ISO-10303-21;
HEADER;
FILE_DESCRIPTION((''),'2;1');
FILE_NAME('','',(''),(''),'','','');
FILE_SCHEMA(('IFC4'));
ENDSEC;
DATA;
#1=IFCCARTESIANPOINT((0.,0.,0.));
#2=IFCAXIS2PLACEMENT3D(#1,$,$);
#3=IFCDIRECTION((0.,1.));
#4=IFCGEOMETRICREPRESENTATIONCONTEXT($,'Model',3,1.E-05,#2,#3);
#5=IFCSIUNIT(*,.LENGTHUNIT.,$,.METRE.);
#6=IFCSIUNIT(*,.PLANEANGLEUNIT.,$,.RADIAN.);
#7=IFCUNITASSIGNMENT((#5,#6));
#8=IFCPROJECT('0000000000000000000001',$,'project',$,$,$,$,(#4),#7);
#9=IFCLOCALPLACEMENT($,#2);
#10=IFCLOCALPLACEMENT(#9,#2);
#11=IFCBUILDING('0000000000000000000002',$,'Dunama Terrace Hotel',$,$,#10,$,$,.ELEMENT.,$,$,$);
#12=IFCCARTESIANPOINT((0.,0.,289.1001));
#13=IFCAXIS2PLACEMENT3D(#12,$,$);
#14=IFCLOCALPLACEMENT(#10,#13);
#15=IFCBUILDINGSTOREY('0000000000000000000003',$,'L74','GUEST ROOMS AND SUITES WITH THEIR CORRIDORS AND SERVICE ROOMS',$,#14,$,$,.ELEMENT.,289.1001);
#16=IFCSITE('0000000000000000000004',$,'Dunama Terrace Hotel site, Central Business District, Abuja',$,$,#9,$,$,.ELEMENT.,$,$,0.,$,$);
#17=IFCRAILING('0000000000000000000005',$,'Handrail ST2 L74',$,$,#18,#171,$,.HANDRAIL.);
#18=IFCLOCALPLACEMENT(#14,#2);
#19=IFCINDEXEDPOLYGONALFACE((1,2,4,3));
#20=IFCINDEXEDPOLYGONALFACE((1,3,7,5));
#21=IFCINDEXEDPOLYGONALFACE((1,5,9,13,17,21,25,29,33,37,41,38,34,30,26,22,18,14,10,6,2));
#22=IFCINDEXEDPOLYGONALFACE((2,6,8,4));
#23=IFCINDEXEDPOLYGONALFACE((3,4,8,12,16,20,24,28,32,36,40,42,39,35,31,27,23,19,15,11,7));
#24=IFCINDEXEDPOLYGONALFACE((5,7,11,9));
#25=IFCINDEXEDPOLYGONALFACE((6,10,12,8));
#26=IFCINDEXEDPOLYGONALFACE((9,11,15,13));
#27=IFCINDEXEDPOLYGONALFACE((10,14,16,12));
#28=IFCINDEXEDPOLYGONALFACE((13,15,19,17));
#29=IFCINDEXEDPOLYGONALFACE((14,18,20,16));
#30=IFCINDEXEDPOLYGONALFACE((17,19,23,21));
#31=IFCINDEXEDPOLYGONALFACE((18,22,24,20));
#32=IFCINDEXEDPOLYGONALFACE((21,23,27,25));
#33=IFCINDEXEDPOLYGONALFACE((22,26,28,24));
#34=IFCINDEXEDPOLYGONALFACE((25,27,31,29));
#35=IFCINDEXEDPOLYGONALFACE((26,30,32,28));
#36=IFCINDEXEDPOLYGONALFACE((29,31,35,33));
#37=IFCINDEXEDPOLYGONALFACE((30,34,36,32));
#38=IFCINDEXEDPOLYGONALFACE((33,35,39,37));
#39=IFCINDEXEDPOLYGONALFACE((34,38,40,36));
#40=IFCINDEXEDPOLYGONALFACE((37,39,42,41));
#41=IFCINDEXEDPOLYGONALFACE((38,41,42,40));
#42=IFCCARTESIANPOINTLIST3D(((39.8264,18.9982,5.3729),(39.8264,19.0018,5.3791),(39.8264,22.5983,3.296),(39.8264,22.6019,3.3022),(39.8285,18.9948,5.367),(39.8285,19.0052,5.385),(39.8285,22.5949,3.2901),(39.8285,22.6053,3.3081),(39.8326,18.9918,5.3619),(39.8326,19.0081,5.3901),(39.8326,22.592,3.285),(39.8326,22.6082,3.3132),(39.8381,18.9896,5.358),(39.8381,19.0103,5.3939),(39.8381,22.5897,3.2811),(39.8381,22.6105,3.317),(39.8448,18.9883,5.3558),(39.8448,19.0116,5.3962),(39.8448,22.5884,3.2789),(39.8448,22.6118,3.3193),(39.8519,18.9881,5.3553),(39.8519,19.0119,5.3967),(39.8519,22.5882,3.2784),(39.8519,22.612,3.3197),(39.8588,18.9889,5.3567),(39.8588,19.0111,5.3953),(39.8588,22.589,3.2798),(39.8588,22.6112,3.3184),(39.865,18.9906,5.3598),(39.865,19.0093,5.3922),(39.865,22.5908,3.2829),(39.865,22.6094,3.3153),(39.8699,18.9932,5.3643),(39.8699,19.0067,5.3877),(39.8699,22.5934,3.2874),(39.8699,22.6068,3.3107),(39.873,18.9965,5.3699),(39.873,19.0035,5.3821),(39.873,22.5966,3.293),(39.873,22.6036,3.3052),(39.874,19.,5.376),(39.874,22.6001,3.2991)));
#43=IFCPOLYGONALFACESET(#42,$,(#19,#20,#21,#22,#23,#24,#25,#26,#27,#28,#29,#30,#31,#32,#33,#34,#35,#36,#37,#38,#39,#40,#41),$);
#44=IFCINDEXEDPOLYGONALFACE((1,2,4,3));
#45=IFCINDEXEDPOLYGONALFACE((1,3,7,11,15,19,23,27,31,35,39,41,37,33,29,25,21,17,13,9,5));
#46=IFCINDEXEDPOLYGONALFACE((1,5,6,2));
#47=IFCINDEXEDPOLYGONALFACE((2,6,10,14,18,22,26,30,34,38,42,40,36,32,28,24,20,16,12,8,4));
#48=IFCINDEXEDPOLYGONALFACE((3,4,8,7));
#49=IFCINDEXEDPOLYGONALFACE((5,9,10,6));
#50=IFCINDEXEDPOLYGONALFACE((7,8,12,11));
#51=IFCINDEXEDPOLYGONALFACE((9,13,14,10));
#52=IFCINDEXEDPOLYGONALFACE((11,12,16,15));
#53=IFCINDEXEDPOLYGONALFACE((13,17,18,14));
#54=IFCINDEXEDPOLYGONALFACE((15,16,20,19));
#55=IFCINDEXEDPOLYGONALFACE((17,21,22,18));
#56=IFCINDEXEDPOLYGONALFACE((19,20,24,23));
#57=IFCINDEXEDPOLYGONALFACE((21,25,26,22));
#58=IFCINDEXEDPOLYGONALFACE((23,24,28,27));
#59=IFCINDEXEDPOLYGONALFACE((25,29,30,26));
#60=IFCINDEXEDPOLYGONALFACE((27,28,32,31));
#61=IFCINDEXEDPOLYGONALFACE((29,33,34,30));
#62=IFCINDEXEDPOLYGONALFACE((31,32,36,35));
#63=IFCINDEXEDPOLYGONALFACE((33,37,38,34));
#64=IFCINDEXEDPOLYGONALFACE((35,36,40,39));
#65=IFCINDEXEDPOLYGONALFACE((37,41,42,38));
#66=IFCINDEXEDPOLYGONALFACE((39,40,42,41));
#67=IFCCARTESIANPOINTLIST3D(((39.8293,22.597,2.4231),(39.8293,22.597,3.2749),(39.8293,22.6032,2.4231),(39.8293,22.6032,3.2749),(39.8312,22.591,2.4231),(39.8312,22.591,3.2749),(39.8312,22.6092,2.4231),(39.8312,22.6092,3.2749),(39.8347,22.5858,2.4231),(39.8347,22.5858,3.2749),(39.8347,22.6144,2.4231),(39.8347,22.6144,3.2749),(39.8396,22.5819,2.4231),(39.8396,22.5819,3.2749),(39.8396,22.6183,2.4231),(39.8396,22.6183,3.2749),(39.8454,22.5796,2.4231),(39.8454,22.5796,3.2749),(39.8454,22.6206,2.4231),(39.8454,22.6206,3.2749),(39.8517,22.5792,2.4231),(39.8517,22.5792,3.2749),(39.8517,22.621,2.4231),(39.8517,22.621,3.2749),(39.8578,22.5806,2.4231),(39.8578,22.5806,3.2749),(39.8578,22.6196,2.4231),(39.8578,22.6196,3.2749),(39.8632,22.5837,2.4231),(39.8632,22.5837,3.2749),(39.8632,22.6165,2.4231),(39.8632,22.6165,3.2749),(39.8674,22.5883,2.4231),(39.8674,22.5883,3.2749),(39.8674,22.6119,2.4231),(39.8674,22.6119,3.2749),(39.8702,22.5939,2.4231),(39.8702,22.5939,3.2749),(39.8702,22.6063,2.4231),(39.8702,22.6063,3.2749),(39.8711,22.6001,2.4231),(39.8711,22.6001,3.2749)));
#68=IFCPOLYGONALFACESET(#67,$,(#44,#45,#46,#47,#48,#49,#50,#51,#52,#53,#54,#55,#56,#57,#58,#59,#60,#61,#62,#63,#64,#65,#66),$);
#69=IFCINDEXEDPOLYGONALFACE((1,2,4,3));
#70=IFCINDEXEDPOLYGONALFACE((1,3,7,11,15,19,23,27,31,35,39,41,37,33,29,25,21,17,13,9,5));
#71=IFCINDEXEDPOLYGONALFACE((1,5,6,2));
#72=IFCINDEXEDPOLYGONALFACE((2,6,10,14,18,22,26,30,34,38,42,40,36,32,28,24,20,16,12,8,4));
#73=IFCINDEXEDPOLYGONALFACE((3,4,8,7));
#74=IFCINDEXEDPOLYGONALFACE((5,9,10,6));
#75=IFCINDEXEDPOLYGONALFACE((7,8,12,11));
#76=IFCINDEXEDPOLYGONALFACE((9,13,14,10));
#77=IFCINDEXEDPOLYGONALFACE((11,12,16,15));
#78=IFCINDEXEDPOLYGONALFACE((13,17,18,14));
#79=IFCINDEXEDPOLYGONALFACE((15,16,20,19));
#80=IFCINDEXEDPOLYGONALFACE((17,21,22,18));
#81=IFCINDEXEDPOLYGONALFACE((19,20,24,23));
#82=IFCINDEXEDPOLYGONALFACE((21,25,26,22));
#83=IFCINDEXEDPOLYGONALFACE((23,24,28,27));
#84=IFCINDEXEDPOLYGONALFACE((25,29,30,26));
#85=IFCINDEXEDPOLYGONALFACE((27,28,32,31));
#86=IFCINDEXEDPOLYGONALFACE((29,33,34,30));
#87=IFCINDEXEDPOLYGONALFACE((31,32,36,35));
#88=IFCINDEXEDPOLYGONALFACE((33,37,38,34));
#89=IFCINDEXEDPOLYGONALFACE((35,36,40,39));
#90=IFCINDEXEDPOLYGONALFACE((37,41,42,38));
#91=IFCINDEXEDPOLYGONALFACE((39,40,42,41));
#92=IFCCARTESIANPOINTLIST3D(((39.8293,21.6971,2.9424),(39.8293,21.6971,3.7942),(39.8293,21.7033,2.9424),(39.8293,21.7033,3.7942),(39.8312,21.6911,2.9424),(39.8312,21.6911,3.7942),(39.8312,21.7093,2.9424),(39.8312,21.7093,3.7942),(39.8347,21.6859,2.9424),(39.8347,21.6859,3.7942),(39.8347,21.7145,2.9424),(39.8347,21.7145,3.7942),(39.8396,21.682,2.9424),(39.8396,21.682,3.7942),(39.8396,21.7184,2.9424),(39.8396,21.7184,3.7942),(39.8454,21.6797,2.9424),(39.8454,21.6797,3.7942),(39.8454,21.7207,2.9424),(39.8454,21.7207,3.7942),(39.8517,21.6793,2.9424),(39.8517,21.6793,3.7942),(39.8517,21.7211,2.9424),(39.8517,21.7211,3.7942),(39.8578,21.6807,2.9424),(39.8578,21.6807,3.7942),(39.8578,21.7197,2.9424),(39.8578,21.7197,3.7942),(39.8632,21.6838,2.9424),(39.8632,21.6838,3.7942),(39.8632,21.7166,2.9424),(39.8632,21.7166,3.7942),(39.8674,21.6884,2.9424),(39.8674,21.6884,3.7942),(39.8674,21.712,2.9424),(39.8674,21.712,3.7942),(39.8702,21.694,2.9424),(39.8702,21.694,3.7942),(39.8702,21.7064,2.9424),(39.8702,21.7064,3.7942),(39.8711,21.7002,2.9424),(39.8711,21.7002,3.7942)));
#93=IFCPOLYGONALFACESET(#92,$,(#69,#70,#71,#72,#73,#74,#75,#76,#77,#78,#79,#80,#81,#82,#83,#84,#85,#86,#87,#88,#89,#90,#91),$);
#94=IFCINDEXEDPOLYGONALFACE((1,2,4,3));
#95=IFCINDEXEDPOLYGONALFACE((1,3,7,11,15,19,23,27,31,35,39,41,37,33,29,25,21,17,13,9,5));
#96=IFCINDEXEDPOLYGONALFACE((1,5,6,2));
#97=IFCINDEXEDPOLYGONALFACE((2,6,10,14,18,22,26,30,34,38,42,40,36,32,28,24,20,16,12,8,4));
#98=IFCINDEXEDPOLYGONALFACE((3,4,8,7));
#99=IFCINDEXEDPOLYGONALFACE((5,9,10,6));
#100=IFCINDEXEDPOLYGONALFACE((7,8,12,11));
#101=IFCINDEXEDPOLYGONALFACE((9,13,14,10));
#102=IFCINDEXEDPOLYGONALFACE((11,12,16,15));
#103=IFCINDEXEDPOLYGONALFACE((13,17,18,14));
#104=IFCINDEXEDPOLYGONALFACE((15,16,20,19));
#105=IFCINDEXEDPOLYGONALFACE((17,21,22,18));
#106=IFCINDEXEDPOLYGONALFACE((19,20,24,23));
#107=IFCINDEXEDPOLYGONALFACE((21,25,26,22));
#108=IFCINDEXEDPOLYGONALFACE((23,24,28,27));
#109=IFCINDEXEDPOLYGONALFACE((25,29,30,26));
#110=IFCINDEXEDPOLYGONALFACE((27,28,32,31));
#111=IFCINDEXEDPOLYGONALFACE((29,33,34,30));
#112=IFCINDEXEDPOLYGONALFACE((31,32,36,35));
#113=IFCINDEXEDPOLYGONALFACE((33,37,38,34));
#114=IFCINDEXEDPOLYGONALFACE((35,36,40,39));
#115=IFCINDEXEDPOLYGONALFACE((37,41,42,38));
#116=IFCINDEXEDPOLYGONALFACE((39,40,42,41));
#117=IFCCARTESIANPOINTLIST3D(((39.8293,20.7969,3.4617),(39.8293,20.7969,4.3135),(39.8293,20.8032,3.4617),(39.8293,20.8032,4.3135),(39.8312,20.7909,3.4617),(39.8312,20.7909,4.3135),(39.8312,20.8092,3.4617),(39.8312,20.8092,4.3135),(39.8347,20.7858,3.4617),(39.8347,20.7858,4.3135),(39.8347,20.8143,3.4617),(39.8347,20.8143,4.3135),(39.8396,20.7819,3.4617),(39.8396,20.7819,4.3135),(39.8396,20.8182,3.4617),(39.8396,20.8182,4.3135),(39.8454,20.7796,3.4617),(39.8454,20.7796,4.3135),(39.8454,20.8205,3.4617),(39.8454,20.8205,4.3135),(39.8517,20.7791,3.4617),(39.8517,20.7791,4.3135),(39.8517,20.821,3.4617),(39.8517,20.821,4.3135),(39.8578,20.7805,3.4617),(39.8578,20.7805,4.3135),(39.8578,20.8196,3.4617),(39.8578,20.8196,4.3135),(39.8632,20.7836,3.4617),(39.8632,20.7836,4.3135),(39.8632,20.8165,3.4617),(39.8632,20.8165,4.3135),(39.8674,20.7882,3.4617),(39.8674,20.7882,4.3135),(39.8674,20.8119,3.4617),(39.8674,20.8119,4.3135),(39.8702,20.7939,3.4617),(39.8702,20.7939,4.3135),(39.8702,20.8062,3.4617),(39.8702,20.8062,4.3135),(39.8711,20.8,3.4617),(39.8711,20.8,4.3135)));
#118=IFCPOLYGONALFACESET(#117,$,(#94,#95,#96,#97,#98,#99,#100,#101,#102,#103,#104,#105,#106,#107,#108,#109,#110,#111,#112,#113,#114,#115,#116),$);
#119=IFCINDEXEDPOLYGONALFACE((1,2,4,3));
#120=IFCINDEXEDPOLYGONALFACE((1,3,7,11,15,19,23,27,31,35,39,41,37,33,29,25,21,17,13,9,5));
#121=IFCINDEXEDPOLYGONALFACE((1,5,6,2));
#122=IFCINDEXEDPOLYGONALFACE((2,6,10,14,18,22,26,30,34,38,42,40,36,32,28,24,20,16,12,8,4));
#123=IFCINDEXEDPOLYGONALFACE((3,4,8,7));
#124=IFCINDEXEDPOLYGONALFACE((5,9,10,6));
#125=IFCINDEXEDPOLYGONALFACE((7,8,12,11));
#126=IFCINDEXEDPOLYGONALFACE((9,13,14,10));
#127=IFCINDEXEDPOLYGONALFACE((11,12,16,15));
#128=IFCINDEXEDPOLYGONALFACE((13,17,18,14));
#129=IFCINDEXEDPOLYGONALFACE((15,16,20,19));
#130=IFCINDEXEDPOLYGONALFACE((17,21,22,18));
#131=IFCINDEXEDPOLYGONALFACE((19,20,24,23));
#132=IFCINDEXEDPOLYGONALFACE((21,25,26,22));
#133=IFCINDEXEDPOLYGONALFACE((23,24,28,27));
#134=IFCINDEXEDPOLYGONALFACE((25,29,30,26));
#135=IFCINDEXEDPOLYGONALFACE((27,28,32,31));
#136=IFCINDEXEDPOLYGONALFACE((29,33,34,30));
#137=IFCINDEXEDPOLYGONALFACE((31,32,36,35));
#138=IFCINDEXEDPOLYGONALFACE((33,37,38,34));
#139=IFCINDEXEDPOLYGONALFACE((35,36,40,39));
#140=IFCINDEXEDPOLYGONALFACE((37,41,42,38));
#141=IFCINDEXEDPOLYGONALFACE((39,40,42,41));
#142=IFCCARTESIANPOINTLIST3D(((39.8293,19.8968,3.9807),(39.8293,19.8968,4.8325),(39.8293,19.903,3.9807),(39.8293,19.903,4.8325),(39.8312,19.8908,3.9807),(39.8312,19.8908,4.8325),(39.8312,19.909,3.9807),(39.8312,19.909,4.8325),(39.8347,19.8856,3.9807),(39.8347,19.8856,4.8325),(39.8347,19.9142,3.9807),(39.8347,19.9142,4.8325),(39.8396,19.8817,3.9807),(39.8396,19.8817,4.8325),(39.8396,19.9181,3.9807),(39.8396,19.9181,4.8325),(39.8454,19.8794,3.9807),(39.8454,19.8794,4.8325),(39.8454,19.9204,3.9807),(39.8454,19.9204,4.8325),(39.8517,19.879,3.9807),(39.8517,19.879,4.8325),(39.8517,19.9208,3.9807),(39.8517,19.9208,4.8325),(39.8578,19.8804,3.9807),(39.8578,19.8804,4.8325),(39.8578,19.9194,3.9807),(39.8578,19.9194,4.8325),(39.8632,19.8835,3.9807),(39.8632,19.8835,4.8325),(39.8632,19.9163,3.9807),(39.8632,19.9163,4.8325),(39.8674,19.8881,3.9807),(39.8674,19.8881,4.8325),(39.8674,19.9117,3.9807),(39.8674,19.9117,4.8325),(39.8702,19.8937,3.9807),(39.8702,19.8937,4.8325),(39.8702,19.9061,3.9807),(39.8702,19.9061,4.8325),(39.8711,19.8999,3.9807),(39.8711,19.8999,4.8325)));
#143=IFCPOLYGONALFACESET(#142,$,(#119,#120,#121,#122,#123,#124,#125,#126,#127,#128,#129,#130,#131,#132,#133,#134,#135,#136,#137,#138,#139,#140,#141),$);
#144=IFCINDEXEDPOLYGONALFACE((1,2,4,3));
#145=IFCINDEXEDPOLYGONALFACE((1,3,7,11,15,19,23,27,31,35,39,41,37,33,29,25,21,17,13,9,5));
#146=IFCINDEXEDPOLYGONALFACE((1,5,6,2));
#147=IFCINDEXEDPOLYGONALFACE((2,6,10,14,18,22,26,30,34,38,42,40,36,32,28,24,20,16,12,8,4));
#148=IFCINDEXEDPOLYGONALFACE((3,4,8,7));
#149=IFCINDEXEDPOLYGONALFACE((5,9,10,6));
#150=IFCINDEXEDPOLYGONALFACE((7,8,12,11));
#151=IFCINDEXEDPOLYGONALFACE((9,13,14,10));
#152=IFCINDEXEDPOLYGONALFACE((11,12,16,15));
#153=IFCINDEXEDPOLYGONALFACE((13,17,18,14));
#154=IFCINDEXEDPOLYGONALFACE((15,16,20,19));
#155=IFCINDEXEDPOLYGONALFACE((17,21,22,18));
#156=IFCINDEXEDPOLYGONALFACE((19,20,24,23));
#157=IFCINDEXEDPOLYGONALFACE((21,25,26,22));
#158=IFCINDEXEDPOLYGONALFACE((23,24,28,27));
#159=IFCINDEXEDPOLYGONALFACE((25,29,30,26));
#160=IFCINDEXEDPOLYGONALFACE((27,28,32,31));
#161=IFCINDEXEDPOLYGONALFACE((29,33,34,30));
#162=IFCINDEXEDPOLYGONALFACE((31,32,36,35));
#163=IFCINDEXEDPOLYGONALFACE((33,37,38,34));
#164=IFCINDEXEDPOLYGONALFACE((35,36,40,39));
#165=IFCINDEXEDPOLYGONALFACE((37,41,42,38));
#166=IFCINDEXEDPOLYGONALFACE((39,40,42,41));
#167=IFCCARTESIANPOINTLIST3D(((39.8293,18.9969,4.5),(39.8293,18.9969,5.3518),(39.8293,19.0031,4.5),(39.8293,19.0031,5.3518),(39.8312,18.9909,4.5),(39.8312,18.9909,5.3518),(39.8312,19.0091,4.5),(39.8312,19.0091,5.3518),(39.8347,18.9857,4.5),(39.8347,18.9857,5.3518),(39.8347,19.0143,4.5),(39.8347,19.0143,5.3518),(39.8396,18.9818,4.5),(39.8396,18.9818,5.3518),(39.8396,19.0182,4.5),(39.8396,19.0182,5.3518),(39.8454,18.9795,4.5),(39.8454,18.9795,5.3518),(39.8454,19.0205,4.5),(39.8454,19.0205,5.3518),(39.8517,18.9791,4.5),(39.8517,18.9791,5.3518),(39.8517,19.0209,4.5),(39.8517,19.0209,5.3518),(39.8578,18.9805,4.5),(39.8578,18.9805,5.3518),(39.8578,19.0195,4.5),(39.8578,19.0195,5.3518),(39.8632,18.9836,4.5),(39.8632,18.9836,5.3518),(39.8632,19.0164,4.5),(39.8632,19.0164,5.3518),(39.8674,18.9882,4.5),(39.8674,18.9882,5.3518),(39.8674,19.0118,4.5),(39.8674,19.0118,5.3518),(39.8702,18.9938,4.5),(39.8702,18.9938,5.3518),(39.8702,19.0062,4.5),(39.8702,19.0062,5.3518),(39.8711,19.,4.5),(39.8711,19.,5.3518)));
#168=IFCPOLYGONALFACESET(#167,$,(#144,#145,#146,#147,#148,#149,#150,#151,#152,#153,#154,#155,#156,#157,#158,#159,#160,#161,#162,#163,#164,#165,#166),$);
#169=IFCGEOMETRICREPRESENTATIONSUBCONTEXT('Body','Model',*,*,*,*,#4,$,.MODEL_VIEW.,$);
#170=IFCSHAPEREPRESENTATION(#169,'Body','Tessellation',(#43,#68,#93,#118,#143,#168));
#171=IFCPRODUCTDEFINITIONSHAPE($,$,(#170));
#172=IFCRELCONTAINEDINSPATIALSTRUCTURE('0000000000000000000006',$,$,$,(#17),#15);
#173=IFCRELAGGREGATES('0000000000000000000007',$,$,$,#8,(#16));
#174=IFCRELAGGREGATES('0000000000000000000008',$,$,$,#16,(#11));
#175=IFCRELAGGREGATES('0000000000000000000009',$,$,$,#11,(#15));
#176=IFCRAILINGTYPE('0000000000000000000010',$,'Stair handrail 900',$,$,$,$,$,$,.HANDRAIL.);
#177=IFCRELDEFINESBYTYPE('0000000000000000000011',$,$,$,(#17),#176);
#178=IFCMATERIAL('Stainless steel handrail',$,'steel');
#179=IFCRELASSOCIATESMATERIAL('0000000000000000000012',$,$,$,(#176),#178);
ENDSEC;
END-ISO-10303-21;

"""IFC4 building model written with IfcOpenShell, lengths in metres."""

from ifc_helpers import new_model, si_unit, direction, frame, origin, origin_2d, place, context, subcontext, project, spatial, circle, extrude, material, type_object, element, save


model = new_model("IFC4")

# Units and contexts
model_context = context("Model", 3, precision=1e-05, world=origin(), true_north=direction((0.0, 1.0)))
body_context = subcontext(model_context, "Body", "Model", "MODEL_VIEW")
ifc_project = project(units=[si_unit("LENGTHUNIT", "METRE"), si_unit("PLANEANGLEUNIT", "RADIAN")], contexts=[model_context])

# Site, building, storey
site_placement = place(None, origin())
site = spatial("IfcSite", under=ifc_project, at=site_placement, Name="Dunama Terrace Hotel site, Central Business District, Abuja", CompositionType="ELEMENT", RefElevation=0.0)
building_placement = place(site_placement, origin())
building = spatial("IfcBuilding", under=site, at=building_placement, Name="Dunama Terrace Hotel", CompositionType="ELEMENT")
storey_placement = place(building_placement, frame((0.0, 0.0, 289.1001)))
storey = spatial("IfcBuildingStorey", under=building, at=storey_placement, Name="L74", Description="GUEST ROOMS AND SUITES WITH THEIR CORRIDORS AND SERVICE ROOMS", CompositionType="ELEMENT", Elevation=289.1001)

# Railing
ifc_material_1 = material(Name="Stainless steel handrail", Category="steel")
railing_type_1 = type_object("IfcRailingType", Name="Stair handrail 900", PredefinedType="HANDRAIL", material=ifc_material_1)
railing_1_placement = place(storey_placement, frame((39.8501, 22.6001, 2.4231)))
element("IfcRailing", 1, at=railing_1_placement, inside=storey, type_object=railing_type_1, Name="Handrail ST2 L74", PredefinedType="HANDRAIL", context=body_context, shape_type="SweptSolid", body=[
    extrude(circle(Radius=0.0239, at=origin_2d()), frame((0.0, 0.0, 0.876), z_axis=(0.0, -0.866193, 0.499709), x_axis=(1.0, 0.0, 0.0)), (0.0, 0.0, 1.0), 4.1562),
    extrude(circle(Radius=0.021, at=origin_2d()), origin(), (0.0, 0.0, 1.0), 0.8518),
    extrude(circle(Radius=0.021, at=origin_2d()), frame((0.0, -0.8999, 0.5193)), (0.0, 0.0, 1.0), 0.8518),
    extrude(circle(Radius=0.021, at=origin_2d()), frame((0.0, -1.8, 1.0386)), (0.0, 0.0, 1.0), 0.8518),
    extrude(circle(Radius=0.021, at=origin_2d()), frame((0.0, -2.7002, 1.5576)), (0.0, 0.0, 1.0), 0.8518),
    extrude(circle(Radius=0.021, at=origin_2d()), frame((0.0, -3.6001, 2.0769)), (0.0, 0.0, 1.0), 0.8518),
])

save(model, "model.ifc")
